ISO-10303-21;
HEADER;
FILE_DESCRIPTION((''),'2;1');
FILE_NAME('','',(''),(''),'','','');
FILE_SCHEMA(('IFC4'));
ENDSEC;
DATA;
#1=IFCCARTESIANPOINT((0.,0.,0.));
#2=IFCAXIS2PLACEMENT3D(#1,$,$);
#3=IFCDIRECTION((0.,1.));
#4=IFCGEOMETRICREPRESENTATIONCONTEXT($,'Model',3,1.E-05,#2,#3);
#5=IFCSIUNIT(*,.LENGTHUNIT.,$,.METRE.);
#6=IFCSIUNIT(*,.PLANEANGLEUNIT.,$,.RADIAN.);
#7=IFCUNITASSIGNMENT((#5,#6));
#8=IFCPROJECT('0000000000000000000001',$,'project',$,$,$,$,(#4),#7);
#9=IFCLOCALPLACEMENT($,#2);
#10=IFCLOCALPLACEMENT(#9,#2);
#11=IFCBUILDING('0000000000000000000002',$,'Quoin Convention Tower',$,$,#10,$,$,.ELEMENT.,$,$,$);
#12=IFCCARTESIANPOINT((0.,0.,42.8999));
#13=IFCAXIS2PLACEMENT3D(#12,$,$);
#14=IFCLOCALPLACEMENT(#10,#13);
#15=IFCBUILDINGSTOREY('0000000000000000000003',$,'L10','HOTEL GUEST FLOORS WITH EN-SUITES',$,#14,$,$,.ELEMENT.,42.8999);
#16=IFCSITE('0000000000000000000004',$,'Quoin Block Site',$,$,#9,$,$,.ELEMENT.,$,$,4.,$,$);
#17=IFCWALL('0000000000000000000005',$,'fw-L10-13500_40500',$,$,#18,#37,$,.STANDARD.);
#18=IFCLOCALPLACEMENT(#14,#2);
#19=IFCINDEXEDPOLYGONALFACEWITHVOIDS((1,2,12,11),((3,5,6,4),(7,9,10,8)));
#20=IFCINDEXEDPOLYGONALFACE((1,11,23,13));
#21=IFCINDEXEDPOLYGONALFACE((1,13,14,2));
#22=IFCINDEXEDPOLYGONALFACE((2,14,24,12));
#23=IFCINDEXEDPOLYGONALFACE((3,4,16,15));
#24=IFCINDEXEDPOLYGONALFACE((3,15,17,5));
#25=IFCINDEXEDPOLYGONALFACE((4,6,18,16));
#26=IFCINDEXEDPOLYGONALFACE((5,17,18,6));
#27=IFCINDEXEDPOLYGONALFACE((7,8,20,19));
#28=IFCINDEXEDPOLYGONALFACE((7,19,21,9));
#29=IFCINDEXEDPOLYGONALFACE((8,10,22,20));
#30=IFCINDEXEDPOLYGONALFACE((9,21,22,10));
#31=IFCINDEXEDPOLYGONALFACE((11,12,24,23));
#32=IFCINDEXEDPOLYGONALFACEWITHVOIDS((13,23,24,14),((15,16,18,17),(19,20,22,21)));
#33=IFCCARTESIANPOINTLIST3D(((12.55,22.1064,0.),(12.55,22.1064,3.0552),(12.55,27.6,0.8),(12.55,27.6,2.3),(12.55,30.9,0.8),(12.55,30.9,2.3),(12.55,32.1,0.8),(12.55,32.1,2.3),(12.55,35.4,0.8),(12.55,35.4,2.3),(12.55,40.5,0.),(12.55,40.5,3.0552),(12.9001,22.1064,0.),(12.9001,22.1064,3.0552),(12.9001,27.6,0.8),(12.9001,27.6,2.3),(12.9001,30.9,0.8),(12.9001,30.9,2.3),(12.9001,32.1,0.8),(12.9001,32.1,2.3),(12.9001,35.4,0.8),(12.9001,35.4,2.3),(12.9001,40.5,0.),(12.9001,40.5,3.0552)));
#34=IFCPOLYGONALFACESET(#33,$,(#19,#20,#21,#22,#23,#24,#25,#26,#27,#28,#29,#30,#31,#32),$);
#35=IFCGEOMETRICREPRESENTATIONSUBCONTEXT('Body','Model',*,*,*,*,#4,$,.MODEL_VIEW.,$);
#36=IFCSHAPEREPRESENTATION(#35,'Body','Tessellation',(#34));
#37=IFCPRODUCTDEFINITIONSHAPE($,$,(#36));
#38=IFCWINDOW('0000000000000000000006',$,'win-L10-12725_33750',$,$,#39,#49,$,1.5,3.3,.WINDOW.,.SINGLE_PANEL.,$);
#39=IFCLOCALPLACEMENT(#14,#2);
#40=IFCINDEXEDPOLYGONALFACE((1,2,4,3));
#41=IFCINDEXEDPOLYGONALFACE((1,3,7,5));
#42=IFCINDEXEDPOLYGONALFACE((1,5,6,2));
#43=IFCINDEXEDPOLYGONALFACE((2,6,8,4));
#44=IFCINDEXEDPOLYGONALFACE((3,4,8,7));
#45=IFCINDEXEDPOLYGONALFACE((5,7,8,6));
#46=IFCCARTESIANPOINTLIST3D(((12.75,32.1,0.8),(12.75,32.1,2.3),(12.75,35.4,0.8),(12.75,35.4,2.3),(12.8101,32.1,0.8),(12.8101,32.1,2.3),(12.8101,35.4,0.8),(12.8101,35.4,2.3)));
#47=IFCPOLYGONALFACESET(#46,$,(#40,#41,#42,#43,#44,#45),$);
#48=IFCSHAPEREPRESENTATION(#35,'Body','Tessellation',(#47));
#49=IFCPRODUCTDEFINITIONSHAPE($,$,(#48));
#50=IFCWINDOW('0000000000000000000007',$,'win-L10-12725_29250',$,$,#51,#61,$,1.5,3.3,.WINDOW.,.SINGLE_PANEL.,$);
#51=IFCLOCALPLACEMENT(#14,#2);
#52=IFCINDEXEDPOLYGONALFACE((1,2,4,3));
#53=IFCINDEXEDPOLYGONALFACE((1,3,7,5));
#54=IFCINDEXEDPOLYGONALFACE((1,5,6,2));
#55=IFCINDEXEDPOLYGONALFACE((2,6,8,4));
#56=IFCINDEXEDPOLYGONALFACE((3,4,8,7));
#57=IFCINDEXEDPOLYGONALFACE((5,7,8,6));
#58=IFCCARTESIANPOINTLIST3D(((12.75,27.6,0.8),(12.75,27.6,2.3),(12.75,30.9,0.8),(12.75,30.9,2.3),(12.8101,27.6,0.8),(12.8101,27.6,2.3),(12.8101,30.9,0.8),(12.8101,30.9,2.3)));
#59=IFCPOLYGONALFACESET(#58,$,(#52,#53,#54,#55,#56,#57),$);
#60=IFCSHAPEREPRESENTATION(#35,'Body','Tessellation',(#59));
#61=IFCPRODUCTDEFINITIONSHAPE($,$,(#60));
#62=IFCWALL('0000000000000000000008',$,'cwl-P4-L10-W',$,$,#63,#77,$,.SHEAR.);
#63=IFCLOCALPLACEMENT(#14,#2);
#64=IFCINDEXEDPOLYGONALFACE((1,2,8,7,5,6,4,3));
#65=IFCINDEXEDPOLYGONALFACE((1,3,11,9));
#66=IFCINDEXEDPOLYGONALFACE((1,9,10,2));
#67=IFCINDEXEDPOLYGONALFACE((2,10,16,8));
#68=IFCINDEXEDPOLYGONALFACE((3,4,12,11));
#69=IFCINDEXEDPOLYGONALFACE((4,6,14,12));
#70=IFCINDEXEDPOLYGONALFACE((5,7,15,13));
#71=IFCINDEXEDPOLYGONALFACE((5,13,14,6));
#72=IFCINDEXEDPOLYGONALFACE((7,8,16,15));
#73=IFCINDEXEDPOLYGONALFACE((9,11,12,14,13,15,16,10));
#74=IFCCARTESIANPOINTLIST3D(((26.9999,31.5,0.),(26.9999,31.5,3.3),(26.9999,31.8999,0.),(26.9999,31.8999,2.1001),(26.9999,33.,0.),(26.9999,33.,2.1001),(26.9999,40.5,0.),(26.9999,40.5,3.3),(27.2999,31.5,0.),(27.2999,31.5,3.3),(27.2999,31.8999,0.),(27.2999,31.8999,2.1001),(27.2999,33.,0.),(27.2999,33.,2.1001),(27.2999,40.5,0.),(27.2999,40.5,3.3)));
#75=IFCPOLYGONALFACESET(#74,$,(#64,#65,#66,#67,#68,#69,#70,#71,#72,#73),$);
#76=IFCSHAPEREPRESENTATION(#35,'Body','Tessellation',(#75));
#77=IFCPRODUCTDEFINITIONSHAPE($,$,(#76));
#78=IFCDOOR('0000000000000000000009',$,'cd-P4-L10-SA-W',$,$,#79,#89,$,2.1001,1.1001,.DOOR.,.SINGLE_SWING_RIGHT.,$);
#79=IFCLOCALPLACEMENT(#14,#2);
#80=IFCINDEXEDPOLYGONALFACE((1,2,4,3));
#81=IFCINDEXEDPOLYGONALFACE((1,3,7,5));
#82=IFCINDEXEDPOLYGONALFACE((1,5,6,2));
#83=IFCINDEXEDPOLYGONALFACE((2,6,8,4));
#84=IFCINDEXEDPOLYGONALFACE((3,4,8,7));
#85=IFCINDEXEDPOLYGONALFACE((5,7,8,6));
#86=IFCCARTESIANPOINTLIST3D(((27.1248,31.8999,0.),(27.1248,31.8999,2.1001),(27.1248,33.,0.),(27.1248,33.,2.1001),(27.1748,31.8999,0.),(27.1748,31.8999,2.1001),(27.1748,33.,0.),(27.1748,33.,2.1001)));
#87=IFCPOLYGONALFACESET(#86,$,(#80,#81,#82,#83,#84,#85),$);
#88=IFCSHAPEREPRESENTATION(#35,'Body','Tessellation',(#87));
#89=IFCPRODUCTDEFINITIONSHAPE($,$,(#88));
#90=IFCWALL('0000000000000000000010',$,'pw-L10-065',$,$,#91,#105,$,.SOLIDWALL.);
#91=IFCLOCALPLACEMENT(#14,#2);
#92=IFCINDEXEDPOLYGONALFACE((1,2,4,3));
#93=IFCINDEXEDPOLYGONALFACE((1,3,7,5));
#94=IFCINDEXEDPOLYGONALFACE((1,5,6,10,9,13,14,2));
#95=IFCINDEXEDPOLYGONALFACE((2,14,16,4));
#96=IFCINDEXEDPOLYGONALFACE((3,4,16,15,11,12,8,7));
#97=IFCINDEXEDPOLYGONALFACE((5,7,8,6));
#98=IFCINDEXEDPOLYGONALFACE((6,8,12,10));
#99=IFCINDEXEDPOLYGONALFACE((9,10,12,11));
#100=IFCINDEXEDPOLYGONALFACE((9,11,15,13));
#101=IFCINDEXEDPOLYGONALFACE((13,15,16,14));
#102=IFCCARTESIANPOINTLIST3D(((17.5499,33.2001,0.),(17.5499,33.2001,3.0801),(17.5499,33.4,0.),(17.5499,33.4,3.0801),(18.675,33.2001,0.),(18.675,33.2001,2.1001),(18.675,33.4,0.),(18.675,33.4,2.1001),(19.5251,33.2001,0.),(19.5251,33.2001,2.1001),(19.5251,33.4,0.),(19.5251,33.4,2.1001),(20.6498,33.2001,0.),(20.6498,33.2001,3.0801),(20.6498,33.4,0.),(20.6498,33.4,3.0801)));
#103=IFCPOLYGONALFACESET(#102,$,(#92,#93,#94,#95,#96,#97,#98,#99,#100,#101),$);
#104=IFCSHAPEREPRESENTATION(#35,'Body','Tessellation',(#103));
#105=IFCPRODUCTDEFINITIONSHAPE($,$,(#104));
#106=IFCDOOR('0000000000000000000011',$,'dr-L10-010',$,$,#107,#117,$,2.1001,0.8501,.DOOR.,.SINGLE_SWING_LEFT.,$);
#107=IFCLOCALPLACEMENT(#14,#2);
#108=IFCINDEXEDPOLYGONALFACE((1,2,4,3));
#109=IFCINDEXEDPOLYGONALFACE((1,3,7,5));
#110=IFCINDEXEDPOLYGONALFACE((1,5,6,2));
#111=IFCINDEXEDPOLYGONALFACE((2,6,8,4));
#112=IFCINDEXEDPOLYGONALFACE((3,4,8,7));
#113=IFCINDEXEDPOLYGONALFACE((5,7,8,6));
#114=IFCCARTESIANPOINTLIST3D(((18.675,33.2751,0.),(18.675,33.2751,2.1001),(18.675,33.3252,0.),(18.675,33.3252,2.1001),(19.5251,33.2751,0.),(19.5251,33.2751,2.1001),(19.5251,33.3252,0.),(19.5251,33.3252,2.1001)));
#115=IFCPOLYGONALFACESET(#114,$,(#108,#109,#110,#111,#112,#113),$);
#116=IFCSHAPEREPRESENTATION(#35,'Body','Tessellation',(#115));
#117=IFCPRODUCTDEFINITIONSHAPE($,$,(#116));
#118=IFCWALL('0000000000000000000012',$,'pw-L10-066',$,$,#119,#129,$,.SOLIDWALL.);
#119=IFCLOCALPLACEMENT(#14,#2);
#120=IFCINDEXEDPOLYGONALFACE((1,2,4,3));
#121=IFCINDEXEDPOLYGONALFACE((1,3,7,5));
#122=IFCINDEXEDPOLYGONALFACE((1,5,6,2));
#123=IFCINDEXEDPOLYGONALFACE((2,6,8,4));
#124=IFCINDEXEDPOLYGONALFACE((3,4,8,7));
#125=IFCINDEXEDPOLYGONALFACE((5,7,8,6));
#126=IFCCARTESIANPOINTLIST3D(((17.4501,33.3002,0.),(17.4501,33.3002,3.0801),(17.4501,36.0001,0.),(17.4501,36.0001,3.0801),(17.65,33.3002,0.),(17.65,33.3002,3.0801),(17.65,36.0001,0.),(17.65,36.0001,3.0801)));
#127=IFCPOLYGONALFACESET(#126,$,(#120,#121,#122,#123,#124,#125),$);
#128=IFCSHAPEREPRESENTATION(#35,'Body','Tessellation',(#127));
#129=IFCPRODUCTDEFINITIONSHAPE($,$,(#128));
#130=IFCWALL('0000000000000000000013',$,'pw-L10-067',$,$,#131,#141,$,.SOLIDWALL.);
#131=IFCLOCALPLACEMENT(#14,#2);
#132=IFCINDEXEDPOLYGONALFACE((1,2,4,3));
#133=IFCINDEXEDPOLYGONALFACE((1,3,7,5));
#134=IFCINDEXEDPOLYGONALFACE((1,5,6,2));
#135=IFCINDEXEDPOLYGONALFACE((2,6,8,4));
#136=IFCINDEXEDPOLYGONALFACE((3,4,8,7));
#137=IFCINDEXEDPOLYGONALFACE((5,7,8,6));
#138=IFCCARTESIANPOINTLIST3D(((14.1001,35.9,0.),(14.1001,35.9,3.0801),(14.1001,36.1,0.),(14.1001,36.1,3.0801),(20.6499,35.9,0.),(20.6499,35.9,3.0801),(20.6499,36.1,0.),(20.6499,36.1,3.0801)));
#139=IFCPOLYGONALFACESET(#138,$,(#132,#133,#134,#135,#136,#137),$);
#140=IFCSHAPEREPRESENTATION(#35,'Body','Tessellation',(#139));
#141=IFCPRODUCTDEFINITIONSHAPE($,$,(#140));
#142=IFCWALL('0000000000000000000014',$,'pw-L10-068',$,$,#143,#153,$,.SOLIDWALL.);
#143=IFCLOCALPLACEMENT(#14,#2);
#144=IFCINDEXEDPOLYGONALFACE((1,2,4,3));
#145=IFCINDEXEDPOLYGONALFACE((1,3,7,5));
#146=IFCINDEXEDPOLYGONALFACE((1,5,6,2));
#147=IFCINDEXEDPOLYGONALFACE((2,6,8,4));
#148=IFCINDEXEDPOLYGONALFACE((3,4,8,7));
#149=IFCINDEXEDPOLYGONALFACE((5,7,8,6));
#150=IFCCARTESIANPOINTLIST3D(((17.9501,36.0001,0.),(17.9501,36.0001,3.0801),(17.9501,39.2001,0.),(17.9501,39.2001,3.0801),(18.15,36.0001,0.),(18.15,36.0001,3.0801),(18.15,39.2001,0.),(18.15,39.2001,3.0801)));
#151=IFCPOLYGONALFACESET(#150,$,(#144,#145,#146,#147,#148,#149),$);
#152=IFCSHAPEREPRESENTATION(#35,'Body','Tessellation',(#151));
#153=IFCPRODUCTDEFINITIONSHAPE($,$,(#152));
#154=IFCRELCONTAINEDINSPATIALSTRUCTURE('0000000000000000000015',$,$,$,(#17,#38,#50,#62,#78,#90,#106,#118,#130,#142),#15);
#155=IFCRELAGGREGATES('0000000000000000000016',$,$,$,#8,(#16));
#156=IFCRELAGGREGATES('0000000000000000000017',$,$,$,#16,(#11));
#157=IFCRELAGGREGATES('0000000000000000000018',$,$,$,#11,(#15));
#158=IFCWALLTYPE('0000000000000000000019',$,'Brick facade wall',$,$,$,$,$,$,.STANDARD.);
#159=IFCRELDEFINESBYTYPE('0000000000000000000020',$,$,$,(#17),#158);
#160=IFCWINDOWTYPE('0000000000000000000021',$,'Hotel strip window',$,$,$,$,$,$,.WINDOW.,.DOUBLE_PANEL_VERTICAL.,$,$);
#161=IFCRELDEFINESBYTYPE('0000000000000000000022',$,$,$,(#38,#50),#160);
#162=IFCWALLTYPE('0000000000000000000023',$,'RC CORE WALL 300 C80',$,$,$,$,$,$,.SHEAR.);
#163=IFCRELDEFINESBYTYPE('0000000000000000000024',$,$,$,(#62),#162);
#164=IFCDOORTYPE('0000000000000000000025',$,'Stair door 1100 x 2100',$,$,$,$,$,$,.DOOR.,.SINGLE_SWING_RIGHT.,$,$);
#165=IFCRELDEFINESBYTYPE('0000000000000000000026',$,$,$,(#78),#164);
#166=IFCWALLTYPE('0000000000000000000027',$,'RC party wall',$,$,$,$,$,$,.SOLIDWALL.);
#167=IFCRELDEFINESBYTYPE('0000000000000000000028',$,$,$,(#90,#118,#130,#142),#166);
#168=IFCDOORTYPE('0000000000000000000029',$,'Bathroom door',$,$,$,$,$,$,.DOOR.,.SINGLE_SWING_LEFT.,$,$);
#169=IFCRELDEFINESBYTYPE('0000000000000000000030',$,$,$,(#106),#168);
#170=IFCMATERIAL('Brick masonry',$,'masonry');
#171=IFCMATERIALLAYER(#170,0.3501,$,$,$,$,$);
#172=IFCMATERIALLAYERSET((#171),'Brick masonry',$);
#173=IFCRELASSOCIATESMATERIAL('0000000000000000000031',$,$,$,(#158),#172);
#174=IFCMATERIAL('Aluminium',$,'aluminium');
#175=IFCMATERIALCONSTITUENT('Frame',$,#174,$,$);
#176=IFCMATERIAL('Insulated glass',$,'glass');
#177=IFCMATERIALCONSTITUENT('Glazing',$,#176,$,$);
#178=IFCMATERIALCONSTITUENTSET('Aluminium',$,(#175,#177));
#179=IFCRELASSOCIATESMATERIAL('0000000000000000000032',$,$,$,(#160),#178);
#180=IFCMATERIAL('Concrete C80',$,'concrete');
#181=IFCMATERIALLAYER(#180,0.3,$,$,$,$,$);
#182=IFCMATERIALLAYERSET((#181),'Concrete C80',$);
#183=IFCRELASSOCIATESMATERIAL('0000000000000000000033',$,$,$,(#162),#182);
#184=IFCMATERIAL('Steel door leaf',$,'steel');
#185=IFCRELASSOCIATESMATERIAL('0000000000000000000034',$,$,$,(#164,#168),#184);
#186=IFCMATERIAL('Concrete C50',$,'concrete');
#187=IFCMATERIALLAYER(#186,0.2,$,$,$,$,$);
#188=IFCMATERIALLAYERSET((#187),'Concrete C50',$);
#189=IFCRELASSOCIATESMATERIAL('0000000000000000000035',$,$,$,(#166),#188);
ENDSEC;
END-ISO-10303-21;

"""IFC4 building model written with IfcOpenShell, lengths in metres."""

from ifc_helpers import new_model, si_unit, direction, frame, frame_2d, origin, place, context, subcontext, project, spatial, rectangle, extrude, material, layer, layer_set, constituent, constituent_set, type_object, element, fill, save


model = new_model("IFC4")

# Units and contexts
model_context = context("Model", 3, precision=1e-05, world=origin(), true_north=direction((0.0, 1.0)))
body_context = subcontext(model_context, "Body", "Model", "MODEL_VIEW")
ifc_project = project(units=[si_unit("LENGTHUNIT", "METRE"), si_unit("PLANEANGLEUNIT", "RADIAN")], contexts=[model_context])

# Site, building, storey
site_placement = place(None, origin())
site = spatial("IfcSite", under=ifc_project, at=site_placement, Name="Quoin Block Site", CompositionType="ELEMENT", RefElevation=4.0)
building_placement = place(site_placement, origin())
building = spatial("IfcBuilding", under=site, at=building_placement, Name="Quoin Convention Tower", CompositionType="ELEMENT")
storey_placement = place(building_placement, frame((0.0, 0.0, 42.8999)))
storey = spatial("IfcBuildingStorey", under=building, at=storey_placement, Name="L10", Description="HOTEL GUEST FLOORS WITH EN-SUITES", CompositionType="ELEMENT", Elevation=42.8999)

# Shared definitions
ifc_material_1 = material(Name="Concrete C80", Category="concrete")

# Wall, openings, windows
ifc_material_2 = material(Name="Brick masonry", Category="masonry")
ifc_layer_1 = layer(ifc_material_2, 0.3501)
ifc_layer_set_1 = layer_set([ifc_layer_1], Name="Brick masonry")
wall_type_1 = type_object("IfcWallType", Name="Brick facade wall", PredefinedType="STANDARD", material=ifc_layer_set_1)
wall_1_placement = place(storey_placement, frame((12.7251, 40.5, 0.0), z_axis=(0.0, 0.0, 1.0), x_axis=(0.0, -1.0, 0.0)))
wall_1 = element("IfcWall", 1, at=wall_1_placement, inside=storey, type_object=wall_type_1, Name="fw-L10-13500_40500", PredefinedType="STANDARD", context=body_context, shape_type="SweptSolid", body=[
    extrude(rectangle(XDim=18.3936, YDim=0.3501, at=frame_2d((9.1968, 0.0))), origin(), (0.0, 0.0, 1.0), 3.0552),
])
opening_1_placement = place(wall_1_placement, frame((5.1001, 0.0, 0.8)))
opening_1 = element("IfcOpeningElement", 2, at=opening_1_placement, cuts=wall_1, PredefinedType="OPENING", context=body_context, shape_type="SweptSolid", body=[
    extrude(rectangle(XDim=3.3, YDim=1.5, at=frame_2d((1.6499, 0.75))), frame((0.0, 0.1851, 0.0), z_axis=(0.0, -1.0, 0.0), x_axis=(1.0, 0.0, 0.0)), (0.0, 0.0, 1.0), 0.3701),
])
opening_2_placement = place(wall_1_placement, frame((9.6001, 0.0, 0.8)))
opening_2 = element("IfcOpeningElement", 3, at=opening_2_placement, cuts=wall_1, PredefinedType="OPENING", context=body_context, shape_type="SweptSolid", body=[
    extrude(rectangle(XDim=3.3, YDim=1.5, at=frame_2d((1.6499, 0.75))), frame((0.0, 0.1851, 0.0), z_axis=(0.0, -1.0, 0.0), x_axis=(1.0, 0.0, 0.0)), (0.0, 0.0, 1.0), 0.3701),
])
ifc_material_3 = material(Name="Aluminium", Category="aluminium")
ifc_constituent_1 = constituent(ifc_material_3, Name="Frame")
ifc_material_4 = material(Name="Insulated glass", Category="glass")
ifc_constituent_2 = constituent(ifc_material_4, Name="Glazing")
ifc_constituent_set = constituent_set(constituents=[ifc_constituent_1, ifc_constituent_2], Name="Aluminium")
window_type = type_object("IfcWindowType", Name="Hotel strip window", PartitioningType="DOUBLE_PANEL_VERTICAL", PredefinedType="WINDOW", material=ifc_constituent_set)
window_1_placement = place(opening_1_placement, origin())
window_1 = element("IfcWindow", 4, at=window_1_placement, inside=storey, type_object=window_type, Name="win-L10-12725_33750", OverallHeight=1.5, OverallWidth=3.3, PartitioningType="SINGLE_PANEL", PredefinedType="WINDOW", context=body_context, shape_type="SweptSolid", body=[
    extrude(rectangle(XDim=3.3, YDim=1.5, at=frame_2d((1.6499, 0.75))), frame((0.0, 0.085, 0.0), z_axis=(0.0, -1.0, 0.0), x_axis=(1.0, 0.0, 0.0)), (0.0, 0.0, 1.0), 0.0601),
])
fill(opening_1, window_1)
window_2_placement = place(opening_2_placement, origin())
window_2 = element("IfcWindow", 5, at=window_2_placement, inside=storey, type_object=window_type, Name="win-L10-12725_29250", OverallHeight=1.5, OverallWidth=3.3, PartitioningType="SINGLE_PANEL", PredefinedType="WINDOW", context=body_context, shape_type="SweptSolid", body=[
    extrude(rectangle(XDim=3.3, YDim=1.5, at=frame_2d((1.6499, 0.75))), frame((0.0, 0.085, 0.0), z_axis=(0.0, -1.0, 0.0), x_axis=(1.0, 0.0, 0.0)), (0.0, 0.0, 1.0), 0.0601),
])
fill(opening_2, window_2)

# Walls, openings, doors
ifc_layer_2 = layer(ifc_material_1, 0.3)
ifc_layer_set_2 = layer_set([ifc_layer_2], Name="Concrete C80")
wall_type_2 = type_object("IfcWallType", Name="RC CORE WALL 300 C80", PredefinedType="SHEAR", material=ifc_layer_set_2)
wall_2_placement = place(storey_placement, frame((27.1499, 31.5, 0.0), z_axis=(0.0, 0.0, 1.0), x_axis=(0.0, 1.0, 0.0)))
wall_2 = element("IfcWall", 6, at=wall_2_placement, inside=storey, type_object=wall_type_2, Name="cwl-P4-L10-W", PredefinedType="SHEAR", context=body_context, shape_type="SweptSolid", body=[
    extrude(rectangle(XDim=9.0, YDim=0.3, at=frame_2d((4.5, 0.0))), origin(), (0.0, 0.0, 1.0), 3.3),
])
opening_3_placement = place(wall_2_placement, frame((0.3999, 0.0, 0.0)))
opening_3 = element("IfcOpeningElement", 7, at=opening_3_placement, cuts=wall_2, PredefinedType="OPENING", context=body_context, shape_type="SweptSolid", body=[
    extrude(rectangle(XDim=1.1001, YDim=2.1001, at=frame_2d((0.55, 1.05))), frame((0.0, 0.1599, 0.0), z_axis=(0.0, -1.0, 0.0), x_axis=(1.0, 0.0, 0.0)), (0.0, 0.0, 1.0), 0.3201),
])
ifc_material_5 = material(Name="Steel door leaf", Category="steel")
door_type_1 = type_object("IfcDoorType", Name="Stair door 1100 x 2100", OperationType="SINGLE_SWING_RIGHT", PredefinedType="DOOR", material=ifc_material_5)
door_1_placement = place(opening_3_placement, frame((1.1001, 0.0, 0.0), z_axis=(0.0, 0.0, 1.0), x_axis=(-1.0, 0.0, 0.0)))
door_1 = element("IfcDoor", 8, at=door_1_placement, inside=storey, type_object=door_type_1, Name="cd-P4-L10-SA-W", OperationType="SINGLE_SWING_RIGHT", OverallHeight=2.1001, OverallWidth=1.1001, PredefinedType="DOOR", context=body_context, shape_type="SweptSolid", body=[
    extrude(rectangle(XDim=1.1001, YDim=2.1001, at=frame_2d((0.55, 1.05))), frame((0.0, 0.0249, 0.0), z_axis=(0.0, -1.0, 0.0), x_axis=(1.0, 0.0, 0.0)), (0.0, 0.0, 1.0), 0.05),
])
fill(opening_3, door_1)
ifc_material_6 = material(Name="Concrete C50", Category="concrete")
ifc_layer_3 = layer(ifc_material_6, 0.2)
ifc_layer_set_3 = layer_set([ifc_layer_3], Name="Concrete C50")
wall_type_3 = type_object("IfcWallType", Name="RC party wall", PredefinedType="SOLIDWALL", material=ifc_layer_set_3)
wall_3_placement = place(storey_placement, frame((17.55, 33.3, 0.0), z_axis=(0.0, 0.0, 1.0), x_axis=(1.0, 0.0, 0.0)))
wall_3 = element("IfcWall", 9, at=wall_3_placement, inside=storey, type_object=wall_type_3, Name="pw-L10-065", PredefinedType="SOLIDWALL", context=body_context, shape_type="SweptSolid", body=[
    extrude(rectangle(XDim=3.0999, YDim=0.2, at=frame_2d((1.5498, 0.0))), origin(), (0.0, 0.0, 1.0), 3.0801),
])
opening_4_placement = place(wall_3_placement, frame((1.125, 0.0, 0.0)))
opening_4 = element("IfcOpeningElement", 10, at=opening_4_placement, cuts=wall_3, PredefinedType="OPENING", context=body_context, shape_type="SweptSolid", body=[
    extrude(rectangle(XDim=0.8501, YDim=2.1001, at=frame_2d((0.425, 1.05))), frame((0.0, 0.1099, 0.0), z_axis=(0.0, -1.0, 0.0), x_axis=(1.0, 0.0, 0.0)), (0.0, 0.0, 1.0), 0.22),
])
door_type_2 = type_object("IfcDoorType", Name="Bathroom door", OperationType="SINGLE_SWING_LEFT", PredefinedType="DOOR", material=ifc_material_5)
door_2_placement = place(opening_4_placement, frame((0.8501, 0.0, 0.0), z_axis=(0.0, 0.0, 1.0), x_axis=(-1.0, 0.0, 0.0)))
door_2 = element("IfcDoor", 11, at=door_2_placement, inside=storey, type_object=door_type_2, Name="dr-L10-010", OperationType="SINGLE_SWING_LEFT", OverallHeight=2.1001, OverallWidth=0.8501, PredefinedType="DOOR", context=body_context, shape_type="SweptSolid", body=[
    extrude(rectangle(XDim=0.8501, YDim=2.1001, at=frame_2d((0.425, 1.05))), frame((0.0, 0.0249, 0.0), z_axis=(0.0, -1.0, 0.0), x_axis=(1.0, 0.0, 0.0)), (0.0, 0.0, 1.0), 0.05),
])
fill(opening_4, door_2)

# Walls
wall_4_placement = place(storey_placement, frame((17.55, 33.3, 0.0), z_axis=(0.0, 0.0, 1.0), x_axis=(0.0, 1.0, 0.0)))
element("IfcWall", 12, at=wall_4_placement, inside=storey, type_object=wall_type_3, Name="pw-L10-066", PredefinedType="SOLIDWALL", context=body_context, shape_type="SweptSolid", body=[
    extrude(rectangle(XDim=2.7, YDim=0.2, at=frame_2d((1.3501, 0.0))), origin(), (0.0, 0.0, 1.0), 3.0801),
])
wall_5_placement = place(storey_placement, frame((14.1001, 36.0, 0.0), z_axis=(0.0, 0.0, 1.0), x_axis=(1.0, 0.0, 0.0)))
element("IfcWall", 13, at=wall_5_placement, inside=storey, type_object=wall_type_3, Name="pw-L10-067", PredefinedType="SOLIDWALL", context=body_context, shape_type="SweptSolid", body=[
    extrude(rectangle(XDim=6.5498, YDim=0.2, at=frame_2d((3.2749, 0.0))), origin(), (0.0, 0.0, 1.0), 3.0801),
])
wall_6_placement = place(storey_placement, frame((18.05, 36.0, 0.0), z_axis=(0.0, 0.0, 1.0), x_axis=(0.0, 1.0, 0.0)))
element("IfcWall", 14, at=wall_6_placement, inside=storey, type_object=wall_type_3, Name="pw-L10-068", PredefinedType="SOLIDWALL", context=body_context, shape_type="SweptSolid", body=[
    extrude(rectangle(XDim=3.2, YDim=0.2, at=frame_2d((1.6001, 0.0))), origin(), (0.0, 0.0, 1.0), 3.0801),
])

save(model, "model.ifc")
